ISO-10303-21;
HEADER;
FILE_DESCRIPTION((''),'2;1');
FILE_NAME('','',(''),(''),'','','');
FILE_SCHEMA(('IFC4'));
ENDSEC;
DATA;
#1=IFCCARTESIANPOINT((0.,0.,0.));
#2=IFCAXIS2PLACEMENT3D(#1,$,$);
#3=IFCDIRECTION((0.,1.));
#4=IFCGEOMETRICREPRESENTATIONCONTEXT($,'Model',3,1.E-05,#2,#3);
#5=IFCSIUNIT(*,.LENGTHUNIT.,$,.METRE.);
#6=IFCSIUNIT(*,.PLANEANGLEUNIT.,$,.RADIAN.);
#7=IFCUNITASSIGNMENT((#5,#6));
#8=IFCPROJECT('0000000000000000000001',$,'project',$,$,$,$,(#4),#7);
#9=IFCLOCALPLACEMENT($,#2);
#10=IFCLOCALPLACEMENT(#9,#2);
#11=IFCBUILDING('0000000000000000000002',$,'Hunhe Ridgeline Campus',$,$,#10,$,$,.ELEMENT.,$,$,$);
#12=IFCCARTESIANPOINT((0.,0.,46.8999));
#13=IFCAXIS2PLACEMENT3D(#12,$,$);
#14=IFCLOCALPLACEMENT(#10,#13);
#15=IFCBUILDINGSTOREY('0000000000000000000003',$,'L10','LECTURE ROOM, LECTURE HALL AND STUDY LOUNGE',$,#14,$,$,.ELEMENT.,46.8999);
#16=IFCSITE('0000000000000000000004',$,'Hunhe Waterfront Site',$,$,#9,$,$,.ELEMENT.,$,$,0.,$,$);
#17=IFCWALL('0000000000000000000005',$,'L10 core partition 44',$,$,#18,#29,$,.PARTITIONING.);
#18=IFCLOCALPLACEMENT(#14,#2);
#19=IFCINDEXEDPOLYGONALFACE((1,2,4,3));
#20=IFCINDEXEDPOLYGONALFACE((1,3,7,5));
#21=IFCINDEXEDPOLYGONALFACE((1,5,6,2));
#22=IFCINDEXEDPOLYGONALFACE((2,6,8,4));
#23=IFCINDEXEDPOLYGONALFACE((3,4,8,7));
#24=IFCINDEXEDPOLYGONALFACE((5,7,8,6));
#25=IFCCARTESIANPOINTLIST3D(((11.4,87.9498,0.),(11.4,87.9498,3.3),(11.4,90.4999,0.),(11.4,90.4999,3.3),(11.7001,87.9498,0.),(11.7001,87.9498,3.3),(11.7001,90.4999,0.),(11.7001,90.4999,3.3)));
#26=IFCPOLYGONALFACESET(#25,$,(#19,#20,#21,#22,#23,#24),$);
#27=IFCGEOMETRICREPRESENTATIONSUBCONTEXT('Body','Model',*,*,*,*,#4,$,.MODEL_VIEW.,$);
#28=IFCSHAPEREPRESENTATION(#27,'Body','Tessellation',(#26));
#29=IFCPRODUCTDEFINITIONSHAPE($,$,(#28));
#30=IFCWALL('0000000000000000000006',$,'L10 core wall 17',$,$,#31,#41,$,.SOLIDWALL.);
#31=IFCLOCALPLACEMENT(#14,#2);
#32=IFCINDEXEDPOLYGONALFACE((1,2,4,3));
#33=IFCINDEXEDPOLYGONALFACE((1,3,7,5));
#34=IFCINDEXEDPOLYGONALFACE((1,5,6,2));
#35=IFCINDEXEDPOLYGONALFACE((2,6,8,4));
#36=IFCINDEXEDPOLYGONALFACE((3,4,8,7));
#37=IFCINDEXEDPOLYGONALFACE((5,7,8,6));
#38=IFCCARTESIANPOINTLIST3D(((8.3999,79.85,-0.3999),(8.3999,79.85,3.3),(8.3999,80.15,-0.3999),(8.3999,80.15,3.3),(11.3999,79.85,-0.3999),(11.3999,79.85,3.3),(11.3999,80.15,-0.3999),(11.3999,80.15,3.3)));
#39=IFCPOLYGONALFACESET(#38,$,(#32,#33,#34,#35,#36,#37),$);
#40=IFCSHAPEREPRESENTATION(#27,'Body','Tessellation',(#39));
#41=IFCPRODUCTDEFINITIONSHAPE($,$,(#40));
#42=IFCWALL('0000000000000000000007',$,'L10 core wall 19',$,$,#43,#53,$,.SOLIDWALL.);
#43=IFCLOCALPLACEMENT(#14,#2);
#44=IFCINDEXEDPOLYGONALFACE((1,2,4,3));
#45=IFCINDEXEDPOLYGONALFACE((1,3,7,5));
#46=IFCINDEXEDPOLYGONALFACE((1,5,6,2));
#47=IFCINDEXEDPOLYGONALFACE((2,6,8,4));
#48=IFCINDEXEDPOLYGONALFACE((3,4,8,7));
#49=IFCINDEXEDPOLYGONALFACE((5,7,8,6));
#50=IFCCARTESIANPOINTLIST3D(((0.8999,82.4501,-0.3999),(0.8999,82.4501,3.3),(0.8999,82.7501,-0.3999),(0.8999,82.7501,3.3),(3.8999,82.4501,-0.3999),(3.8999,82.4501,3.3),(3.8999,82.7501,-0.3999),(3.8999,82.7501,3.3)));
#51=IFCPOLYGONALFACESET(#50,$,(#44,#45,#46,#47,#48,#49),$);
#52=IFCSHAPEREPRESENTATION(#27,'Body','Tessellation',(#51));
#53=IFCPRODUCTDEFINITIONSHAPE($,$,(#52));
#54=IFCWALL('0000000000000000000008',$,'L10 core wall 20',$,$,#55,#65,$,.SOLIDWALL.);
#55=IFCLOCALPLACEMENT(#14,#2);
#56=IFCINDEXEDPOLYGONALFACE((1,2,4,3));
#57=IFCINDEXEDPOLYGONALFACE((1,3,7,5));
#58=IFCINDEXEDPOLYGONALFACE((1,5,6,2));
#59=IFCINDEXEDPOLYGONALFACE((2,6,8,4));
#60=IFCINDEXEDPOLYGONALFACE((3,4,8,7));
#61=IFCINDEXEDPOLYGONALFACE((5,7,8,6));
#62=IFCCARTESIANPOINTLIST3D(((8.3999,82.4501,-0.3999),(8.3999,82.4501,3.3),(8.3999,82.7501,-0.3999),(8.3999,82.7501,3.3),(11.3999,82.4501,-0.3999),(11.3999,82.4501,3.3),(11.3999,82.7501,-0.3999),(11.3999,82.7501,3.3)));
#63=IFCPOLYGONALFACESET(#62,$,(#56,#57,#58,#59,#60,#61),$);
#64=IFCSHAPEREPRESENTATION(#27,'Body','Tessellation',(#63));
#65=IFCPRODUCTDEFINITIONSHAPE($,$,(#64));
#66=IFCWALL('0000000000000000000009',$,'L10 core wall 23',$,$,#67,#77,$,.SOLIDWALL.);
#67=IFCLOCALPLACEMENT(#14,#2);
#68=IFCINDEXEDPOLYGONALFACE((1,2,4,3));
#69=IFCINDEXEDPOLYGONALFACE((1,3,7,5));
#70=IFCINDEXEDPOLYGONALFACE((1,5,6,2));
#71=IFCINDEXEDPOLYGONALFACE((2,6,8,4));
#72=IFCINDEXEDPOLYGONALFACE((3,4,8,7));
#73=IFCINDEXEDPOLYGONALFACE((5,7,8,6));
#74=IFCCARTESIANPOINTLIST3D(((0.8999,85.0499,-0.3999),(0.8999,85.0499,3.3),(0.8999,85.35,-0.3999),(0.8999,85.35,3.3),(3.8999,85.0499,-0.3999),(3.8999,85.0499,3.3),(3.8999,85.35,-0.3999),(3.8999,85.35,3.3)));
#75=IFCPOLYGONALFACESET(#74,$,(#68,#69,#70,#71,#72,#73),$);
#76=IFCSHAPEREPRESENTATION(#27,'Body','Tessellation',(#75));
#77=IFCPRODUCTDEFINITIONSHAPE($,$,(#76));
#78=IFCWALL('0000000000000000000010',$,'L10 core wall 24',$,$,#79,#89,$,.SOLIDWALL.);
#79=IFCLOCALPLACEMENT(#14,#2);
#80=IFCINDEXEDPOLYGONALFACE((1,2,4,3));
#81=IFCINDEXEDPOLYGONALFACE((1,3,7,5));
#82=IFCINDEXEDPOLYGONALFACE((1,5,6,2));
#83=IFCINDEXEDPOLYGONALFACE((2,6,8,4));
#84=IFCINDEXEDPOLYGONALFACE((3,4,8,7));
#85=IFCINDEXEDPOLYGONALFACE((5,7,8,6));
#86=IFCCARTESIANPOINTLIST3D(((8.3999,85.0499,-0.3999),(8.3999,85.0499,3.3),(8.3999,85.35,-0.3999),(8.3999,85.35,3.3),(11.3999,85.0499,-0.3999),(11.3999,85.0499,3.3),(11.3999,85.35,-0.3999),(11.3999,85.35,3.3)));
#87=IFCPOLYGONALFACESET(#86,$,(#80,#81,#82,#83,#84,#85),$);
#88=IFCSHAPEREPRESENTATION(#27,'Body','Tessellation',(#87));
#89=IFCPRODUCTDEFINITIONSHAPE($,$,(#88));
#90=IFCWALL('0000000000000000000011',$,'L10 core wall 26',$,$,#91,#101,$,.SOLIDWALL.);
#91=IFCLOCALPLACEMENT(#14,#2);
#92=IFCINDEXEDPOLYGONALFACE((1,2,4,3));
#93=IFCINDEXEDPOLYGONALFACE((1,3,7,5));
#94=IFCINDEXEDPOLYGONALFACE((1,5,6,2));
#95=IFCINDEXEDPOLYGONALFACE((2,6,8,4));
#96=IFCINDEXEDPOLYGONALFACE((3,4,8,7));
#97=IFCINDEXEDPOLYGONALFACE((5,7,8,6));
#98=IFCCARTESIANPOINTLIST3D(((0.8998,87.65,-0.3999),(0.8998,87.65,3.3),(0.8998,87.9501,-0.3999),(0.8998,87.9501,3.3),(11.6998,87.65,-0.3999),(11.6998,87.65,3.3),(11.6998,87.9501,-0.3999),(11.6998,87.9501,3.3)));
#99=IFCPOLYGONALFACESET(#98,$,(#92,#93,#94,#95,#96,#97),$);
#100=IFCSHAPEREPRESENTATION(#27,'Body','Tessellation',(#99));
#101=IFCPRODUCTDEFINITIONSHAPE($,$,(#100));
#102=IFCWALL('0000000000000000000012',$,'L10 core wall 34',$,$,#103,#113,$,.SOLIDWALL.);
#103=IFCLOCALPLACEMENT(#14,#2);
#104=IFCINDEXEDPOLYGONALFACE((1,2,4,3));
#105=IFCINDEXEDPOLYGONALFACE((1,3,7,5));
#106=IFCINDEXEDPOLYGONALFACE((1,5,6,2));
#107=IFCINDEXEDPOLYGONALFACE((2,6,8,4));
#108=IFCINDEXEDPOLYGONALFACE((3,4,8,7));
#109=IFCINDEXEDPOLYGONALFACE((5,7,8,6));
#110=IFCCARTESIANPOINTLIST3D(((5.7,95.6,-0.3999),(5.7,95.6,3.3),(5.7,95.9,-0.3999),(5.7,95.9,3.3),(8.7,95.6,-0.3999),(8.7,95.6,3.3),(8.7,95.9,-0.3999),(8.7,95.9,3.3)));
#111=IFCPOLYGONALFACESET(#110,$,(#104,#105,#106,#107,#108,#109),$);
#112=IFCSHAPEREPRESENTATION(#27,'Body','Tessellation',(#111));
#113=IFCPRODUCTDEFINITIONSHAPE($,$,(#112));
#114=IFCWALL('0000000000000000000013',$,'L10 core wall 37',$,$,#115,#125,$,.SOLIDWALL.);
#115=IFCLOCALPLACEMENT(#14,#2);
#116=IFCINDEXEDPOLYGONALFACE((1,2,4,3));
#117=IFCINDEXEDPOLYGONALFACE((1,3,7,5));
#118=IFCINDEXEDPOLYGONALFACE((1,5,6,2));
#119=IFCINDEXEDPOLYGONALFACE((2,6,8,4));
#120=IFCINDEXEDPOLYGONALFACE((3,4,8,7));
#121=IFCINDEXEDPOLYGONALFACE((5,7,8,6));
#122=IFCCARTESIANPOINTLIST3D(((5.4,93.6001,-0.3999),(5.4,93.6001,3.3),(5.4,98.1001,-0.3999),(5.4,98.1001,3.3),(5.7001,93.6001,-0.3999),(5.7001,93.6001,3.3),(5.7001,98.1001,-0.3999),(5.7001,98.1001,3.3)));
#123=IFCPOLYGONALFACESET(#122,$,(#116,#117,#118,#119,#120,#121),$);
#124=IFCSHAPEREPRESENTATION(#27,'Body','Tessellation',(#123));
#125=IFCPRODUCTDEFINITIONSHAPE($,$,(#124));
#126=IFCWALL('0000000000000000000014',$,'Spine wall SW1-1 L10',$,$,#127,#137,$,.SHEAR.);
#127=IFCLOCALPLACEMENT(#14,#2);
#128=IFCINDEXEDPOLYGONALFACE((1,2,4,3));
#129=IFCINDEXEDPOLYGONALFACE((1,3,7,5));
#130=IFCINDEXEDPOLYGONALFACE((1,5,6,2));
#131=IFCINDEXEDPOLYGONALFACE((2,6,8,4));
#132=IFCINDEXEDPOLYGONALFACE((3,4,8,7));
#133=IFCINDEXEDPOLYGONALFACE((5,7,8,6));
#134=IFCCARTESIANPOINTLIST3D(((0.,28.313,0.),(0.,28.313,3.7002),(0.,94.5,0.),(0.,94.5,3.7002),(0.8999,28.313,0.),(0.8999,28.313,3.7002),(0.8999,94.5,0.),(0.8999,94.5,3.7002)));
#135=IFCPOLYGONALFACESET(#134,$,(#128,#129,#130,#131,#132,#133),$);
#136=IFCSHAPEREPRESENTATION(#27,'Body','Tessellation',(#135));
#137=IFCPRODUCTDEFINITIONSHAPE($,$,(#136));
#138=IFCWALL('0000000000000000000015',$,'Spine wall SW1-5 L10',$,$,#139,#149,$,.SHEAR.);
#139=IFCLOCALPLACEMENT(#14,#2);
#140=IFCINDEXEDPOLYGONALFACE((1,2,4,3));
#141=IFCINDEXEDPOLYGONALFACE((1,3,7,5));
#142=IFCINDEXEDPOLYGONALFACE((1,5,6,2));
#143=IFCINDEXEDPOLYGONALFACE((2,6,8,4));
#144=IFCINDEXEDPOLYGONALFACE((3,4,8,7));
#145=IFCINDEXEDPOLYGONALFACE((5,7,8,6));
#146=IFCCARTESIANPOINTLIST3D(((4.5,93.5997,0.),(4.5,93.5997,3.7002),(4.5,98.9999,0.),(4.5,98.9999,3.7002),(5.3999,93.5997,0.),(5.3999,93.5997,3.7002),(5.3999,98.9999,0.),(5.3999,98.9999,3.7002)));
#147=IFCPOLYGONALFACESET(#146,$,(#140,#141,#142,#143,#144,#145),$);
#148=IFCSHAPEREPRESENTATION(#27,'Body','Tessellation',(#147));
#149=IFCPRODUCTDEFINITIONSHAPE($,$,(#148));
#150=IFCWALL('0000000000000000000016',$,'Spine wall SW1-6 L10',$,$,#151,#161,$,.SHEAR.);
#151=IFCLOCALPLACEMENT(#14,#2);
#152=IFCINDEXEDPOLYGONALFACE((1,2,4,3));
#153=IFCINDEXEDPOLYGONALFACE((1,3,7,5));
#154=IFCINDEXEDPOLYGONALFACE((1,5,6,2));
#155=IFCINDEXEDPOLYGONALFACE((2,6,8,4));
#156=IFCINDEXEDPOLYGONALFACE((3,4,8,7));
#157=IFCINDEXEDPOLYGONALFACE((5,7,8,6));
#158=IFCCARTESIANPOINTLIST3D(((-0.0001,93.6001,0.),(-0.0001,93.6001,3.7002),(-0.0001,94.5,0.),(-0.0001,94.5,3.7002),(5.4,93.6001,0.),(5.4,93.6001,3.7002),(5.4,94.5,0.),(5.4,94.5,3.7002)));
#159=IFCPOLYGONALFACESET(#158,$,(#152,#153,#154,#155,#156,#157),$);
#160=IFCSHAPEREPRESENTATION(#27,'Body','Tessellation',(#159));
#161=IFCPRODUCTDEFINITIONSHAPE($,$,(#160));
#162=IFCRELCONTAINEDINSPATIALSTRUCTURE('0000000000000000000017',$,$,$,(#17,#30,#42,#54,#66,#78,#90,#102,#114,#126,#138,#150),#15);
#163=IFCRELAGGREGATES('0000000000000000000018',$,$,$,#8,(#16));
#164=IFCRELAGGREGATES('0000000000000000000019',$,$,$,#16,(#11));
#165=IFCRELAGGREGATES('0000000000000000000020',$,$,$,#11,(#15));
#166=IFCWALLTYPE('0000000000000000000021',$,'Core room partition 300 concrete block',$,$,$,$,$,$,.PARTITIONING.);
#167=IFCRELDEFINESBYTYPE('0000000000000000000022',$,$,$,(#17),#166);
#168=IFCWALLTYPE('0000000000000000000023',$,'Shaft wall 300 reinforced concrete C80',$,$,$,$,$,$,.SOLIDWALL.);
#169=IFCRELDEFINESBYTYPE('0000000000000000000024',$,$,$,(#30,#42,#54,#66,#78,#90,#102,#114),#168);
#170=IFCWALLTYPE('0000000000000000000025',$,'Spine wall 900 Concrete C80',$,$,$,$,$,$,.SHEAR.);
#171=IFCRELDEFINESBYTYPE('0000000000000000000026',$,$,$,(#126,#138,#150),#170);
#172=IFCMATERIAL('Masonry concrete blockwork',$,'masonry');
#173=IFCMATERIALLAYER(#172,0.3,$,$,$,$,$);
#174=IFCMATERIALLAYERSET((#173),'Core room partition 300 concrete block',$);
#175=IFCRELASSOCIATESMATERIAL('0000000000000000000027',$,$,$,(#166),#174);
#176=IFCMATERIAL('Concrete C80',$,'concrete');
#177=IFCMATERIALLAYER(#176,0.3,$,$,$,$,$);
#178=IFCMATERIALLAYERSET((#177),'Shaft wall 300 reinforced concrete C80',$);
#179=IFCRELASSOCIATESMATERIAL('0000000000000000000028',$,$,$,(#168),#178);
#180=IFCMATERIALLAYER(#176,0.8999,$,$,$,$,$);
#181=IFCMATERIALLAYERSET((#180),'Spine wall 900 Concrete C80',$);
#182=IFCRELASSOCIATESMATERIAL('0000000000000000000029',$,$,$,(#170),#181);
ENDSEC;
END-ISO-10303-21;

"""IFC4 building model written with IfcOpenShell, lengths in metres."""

from ifc_helpers import new_model, si_unit, direction, frame, frame_2d, origin, place, context, subcontext, project, spatial, rectangle, extrude, material, layer, layer_set, type_object, element, save


model = new_model("IFC4")

# Units and contexts
model_context = context("Model", 3, precision=1e-05, world=origin(), true_north=direction((0.0, 1.0)))
body_context = subcontext(model_context, "Body", "Model", "MODEL_VIEW")
ifc_project = project(units=[si_unit("LENGTHUNIT", "METRE"), si_unit("PLANEANGLEUNIT", "RADIAN")], contexts=[model_context])

# Site, building, storey
site_placement = place(None, origin())
site = spatial("IfcSite", under=ifc_project, at=site_placement, Name="Hunhe Waterfront Site", CompositionType="ELEMENT", RefElevation=0.0)
building_placement = place(site_placement, origin())
building = spatial("IfcBuilding", under=site, at=building_placement, Name="Hunhe Ridgeline Campus", CompositionType="ELEMENT")
storey_placement = place(building_placement, frame((0.0, 0.0, 46.8999)))
storey = spatial("IfcBuildingStorey", under=building, at=storey_placement, Name="L10", Description="LECTURE ROOM, LECTURE HALL AND STUDY LOUNGE", CompositionType="ELEMENT", Elevation=46.8999)

# Wall
ifc_material_1 = material(Name="Masonry concrete blockwork", Category="masonry")
ifc_layer_1 = layer(ifc_material_1, 0.3)
ifc_layer_set_1 = layer_set([ifc_layer_1], Name="Core room partition 300 concrete block")
wall_type_1 = type_object("IfcWallType", Name="Core room partition 300 concrete block", PredefinedType="PARTITIONING", material=ifc_layer_set_1)
wall_1_placement = place(storey_placement, frame((11.55, 87.95, 0.0), z_axis=(0.0, 0.0, 1.0), x_axis=(0.0, 1.0, 0.0)))
element("IfcWall", 1, at=wall_1_placement, inside=storey, type_object=wall_type_1, Name="L10 core partition 44", PredefinedType="PARTITIONING", context=body_context, shape_type="SweptSolid", body=[
    extrude(rectangle(XDim=2.55, YDim=0.3, at=frame_2d((1.2749, 0.0))), origin(), (0.0, 0.0, 1.0), 3.3),
])

# Shared definitions
ifc_material_2 = material(Name="Concrete C80", Category="concrete")

# Walls
ifc_layer_2 = layer(ifc_material_2, 0.3)
ifc_layer_set_2 = layer_set([ifc_layer_2], Name="Shaft wall 300 reinforced concrete C80")
wall_type_2 = type_object("IfcWallType", Name="Shaft wall 300 reinforced concrete C80", PredefinedType="SOLIDWALL", material=ifc_layer_set_2)
for number, where, z_axis, x_axis, name in (
    (2, (8.3999, 80.0, -0.3999), (0.0, 0.0, 1.0), (1.0, 0.0, 0.0), "L10 core wall 17"),
    (3, (0.8999, 82.6001, -0.3999), (0.0, 0.0, 1.0), (1.0, 0.0, 0.0), "L10 core wall 19"),
    (4, (8.3999, 82.6001, -0.3999), (0.0, 0.0, 1.0), (1.0, 0.0, 0.0), "L10 core wall 20"),
    (5, (0.8999, 85.2, -0.3999), (0.0, 0.0, 1.0), (1.0, 0.0, 0.0), "L10 core wall 23"),
    (6, (8.3999, 85.2, -0.3999), (0.0, 0.0, 1.0), (1.0, 0.0, 0.0), "L10 core wall 24"),
):
    element("IfcWall", number, at=place(storey_placement, frame(where, z_axis=z_axis, x_axis=x_axis)), inside=storey, type_object=wall_type_2, Name=name, PredefinedType="SOLIDWALL", context=body_context, shape_type="SweptSolid", body=[
        extrude(rectangle(XDim=3.0, YDim=0.3, at=frame_2d((1.5, 0.0))), origin(), (0.0, 0.0, 1.0), 3.7),
    ])
wall_2_placement = place(storey_placement, frame((0.8999, 87.8, -0.3999), z_axis=(0.0, 0.0, 1.0), x_axis=(1.0, 0.0, 0.0)))
element("IfcWall", 7, at=wall_2_placement, inside=storey, type_object=wall_type_2, Name="L10 core wall 26", PredefinedType="SOLIDWALL", context=body_context, shape_type="SweptSolid", body=[
    extrude(rectangle(XDim=10.8, YDim=0.3, at=frame_2d((5.3999, 0.0))), origin(), (0.0, 0.0, 1.0), 3.7),
])

# Walls
wall_3_placement = place(storey_placement, frame((5.7, 95.75, -0.3999), z_axis=(0.0, 0.0, 1.0), x_axis=(1.0, 0.0, 0.0)))
element("IfcWall", 8, at=wall_3_placement, inside=storey, type_object=wall_type_2, Name="L10 core wall 34", PredefinedType="SOLIDWALL", context=body_context, shape_type="SweptSolid", body=[
    extrude(rectangle(XDim=3.0, YDim=0.3, at=frame_2d((1.5, 0.0))), origin(), (0.0, 0.0, 1.0), 3.7),
])
wall_4_placement = place(storey_placement, frame((5.55, 93.6001, -0.3999), z_axis=(0.0, 0.0, 1.0), x_axis=(0.0, 1.0, 0.0)))
element("IfcWall", 9, at=wall_4_placement, inside=storey, type_object=wall_type_2, Name="L10 core wall 37", PredefinedType="SOLIDWALL", context=body_context, shape_type="SweptSolid", body=[
    extrude(rectangle(XDim=4.5, YDim=0.3, at=frame_2d((2.25, 0.0))), origin(), (0.0, 0.0, 1.0), 3.7),
])

# Walls
ifc_layer_3 = layer(ifc_material_2, 0.8999)
ifc_layer_set_3 = layer_set([ifc_layer_3], Name="Spine wall 900 Concrete C80")
wall_type_3 = type_object("IfcWallType", Name="Spine wall 900 Concrete C80", PredefinedType="SHEAR", material=ifc_layer_set_3)
wall_5_placement = place(storey_placement, frame((0.45, 94.5, 0.0), z_axis=(0.0, 0.0, 1.0), x_axis=(0.0, -1.0, 0.0)))
element("IfcWall", 10, at=wall_5_placement, inside=storey, type_object=wall_type_3, Name="Spine wall SW1-1 L10", PredefinedType="SHEAR", context=body_context, shape_type="SweptSolid", body=[
    extrude(rectangle(XDim=66.187, YDim=0.8999, at=frame_2d((33.0935, 0.0))), origin(), (0.0, 0.0, 1.0), 3.7002),
])
for number, where, z_axis, x_axis, name in (
    (11, (4.95, 99.0, 0.0), (0.0, 0.0, 1.0), (0.0, -1.0, 0.0), "Spine wall SW1-5 L10"),
    (12, (5.4001, 94.05, 0.0), (0.0, 0.0, 1.0), (-1.0, 0.0, 0.0), "Spine wall SW1-6 L10"),
):
    element("IfcWall", number, at=place(storey_placement, frame(where, z_axis=z_axis, x_axis=x_axis)), inside=storey, type_object=wall_type_3, Name=name, PredefinedType="SHEAR", context=body_context, shape_type="SweptSolid", body=[
        extrude(rectangle(XDim=5.4001, YDim=0.8999, at=frame_2d((2.7002, 0.0))), origin(), (0.0, 0.0, 1.0), 3.7002),
    ])

save(model, "model.ifc")
